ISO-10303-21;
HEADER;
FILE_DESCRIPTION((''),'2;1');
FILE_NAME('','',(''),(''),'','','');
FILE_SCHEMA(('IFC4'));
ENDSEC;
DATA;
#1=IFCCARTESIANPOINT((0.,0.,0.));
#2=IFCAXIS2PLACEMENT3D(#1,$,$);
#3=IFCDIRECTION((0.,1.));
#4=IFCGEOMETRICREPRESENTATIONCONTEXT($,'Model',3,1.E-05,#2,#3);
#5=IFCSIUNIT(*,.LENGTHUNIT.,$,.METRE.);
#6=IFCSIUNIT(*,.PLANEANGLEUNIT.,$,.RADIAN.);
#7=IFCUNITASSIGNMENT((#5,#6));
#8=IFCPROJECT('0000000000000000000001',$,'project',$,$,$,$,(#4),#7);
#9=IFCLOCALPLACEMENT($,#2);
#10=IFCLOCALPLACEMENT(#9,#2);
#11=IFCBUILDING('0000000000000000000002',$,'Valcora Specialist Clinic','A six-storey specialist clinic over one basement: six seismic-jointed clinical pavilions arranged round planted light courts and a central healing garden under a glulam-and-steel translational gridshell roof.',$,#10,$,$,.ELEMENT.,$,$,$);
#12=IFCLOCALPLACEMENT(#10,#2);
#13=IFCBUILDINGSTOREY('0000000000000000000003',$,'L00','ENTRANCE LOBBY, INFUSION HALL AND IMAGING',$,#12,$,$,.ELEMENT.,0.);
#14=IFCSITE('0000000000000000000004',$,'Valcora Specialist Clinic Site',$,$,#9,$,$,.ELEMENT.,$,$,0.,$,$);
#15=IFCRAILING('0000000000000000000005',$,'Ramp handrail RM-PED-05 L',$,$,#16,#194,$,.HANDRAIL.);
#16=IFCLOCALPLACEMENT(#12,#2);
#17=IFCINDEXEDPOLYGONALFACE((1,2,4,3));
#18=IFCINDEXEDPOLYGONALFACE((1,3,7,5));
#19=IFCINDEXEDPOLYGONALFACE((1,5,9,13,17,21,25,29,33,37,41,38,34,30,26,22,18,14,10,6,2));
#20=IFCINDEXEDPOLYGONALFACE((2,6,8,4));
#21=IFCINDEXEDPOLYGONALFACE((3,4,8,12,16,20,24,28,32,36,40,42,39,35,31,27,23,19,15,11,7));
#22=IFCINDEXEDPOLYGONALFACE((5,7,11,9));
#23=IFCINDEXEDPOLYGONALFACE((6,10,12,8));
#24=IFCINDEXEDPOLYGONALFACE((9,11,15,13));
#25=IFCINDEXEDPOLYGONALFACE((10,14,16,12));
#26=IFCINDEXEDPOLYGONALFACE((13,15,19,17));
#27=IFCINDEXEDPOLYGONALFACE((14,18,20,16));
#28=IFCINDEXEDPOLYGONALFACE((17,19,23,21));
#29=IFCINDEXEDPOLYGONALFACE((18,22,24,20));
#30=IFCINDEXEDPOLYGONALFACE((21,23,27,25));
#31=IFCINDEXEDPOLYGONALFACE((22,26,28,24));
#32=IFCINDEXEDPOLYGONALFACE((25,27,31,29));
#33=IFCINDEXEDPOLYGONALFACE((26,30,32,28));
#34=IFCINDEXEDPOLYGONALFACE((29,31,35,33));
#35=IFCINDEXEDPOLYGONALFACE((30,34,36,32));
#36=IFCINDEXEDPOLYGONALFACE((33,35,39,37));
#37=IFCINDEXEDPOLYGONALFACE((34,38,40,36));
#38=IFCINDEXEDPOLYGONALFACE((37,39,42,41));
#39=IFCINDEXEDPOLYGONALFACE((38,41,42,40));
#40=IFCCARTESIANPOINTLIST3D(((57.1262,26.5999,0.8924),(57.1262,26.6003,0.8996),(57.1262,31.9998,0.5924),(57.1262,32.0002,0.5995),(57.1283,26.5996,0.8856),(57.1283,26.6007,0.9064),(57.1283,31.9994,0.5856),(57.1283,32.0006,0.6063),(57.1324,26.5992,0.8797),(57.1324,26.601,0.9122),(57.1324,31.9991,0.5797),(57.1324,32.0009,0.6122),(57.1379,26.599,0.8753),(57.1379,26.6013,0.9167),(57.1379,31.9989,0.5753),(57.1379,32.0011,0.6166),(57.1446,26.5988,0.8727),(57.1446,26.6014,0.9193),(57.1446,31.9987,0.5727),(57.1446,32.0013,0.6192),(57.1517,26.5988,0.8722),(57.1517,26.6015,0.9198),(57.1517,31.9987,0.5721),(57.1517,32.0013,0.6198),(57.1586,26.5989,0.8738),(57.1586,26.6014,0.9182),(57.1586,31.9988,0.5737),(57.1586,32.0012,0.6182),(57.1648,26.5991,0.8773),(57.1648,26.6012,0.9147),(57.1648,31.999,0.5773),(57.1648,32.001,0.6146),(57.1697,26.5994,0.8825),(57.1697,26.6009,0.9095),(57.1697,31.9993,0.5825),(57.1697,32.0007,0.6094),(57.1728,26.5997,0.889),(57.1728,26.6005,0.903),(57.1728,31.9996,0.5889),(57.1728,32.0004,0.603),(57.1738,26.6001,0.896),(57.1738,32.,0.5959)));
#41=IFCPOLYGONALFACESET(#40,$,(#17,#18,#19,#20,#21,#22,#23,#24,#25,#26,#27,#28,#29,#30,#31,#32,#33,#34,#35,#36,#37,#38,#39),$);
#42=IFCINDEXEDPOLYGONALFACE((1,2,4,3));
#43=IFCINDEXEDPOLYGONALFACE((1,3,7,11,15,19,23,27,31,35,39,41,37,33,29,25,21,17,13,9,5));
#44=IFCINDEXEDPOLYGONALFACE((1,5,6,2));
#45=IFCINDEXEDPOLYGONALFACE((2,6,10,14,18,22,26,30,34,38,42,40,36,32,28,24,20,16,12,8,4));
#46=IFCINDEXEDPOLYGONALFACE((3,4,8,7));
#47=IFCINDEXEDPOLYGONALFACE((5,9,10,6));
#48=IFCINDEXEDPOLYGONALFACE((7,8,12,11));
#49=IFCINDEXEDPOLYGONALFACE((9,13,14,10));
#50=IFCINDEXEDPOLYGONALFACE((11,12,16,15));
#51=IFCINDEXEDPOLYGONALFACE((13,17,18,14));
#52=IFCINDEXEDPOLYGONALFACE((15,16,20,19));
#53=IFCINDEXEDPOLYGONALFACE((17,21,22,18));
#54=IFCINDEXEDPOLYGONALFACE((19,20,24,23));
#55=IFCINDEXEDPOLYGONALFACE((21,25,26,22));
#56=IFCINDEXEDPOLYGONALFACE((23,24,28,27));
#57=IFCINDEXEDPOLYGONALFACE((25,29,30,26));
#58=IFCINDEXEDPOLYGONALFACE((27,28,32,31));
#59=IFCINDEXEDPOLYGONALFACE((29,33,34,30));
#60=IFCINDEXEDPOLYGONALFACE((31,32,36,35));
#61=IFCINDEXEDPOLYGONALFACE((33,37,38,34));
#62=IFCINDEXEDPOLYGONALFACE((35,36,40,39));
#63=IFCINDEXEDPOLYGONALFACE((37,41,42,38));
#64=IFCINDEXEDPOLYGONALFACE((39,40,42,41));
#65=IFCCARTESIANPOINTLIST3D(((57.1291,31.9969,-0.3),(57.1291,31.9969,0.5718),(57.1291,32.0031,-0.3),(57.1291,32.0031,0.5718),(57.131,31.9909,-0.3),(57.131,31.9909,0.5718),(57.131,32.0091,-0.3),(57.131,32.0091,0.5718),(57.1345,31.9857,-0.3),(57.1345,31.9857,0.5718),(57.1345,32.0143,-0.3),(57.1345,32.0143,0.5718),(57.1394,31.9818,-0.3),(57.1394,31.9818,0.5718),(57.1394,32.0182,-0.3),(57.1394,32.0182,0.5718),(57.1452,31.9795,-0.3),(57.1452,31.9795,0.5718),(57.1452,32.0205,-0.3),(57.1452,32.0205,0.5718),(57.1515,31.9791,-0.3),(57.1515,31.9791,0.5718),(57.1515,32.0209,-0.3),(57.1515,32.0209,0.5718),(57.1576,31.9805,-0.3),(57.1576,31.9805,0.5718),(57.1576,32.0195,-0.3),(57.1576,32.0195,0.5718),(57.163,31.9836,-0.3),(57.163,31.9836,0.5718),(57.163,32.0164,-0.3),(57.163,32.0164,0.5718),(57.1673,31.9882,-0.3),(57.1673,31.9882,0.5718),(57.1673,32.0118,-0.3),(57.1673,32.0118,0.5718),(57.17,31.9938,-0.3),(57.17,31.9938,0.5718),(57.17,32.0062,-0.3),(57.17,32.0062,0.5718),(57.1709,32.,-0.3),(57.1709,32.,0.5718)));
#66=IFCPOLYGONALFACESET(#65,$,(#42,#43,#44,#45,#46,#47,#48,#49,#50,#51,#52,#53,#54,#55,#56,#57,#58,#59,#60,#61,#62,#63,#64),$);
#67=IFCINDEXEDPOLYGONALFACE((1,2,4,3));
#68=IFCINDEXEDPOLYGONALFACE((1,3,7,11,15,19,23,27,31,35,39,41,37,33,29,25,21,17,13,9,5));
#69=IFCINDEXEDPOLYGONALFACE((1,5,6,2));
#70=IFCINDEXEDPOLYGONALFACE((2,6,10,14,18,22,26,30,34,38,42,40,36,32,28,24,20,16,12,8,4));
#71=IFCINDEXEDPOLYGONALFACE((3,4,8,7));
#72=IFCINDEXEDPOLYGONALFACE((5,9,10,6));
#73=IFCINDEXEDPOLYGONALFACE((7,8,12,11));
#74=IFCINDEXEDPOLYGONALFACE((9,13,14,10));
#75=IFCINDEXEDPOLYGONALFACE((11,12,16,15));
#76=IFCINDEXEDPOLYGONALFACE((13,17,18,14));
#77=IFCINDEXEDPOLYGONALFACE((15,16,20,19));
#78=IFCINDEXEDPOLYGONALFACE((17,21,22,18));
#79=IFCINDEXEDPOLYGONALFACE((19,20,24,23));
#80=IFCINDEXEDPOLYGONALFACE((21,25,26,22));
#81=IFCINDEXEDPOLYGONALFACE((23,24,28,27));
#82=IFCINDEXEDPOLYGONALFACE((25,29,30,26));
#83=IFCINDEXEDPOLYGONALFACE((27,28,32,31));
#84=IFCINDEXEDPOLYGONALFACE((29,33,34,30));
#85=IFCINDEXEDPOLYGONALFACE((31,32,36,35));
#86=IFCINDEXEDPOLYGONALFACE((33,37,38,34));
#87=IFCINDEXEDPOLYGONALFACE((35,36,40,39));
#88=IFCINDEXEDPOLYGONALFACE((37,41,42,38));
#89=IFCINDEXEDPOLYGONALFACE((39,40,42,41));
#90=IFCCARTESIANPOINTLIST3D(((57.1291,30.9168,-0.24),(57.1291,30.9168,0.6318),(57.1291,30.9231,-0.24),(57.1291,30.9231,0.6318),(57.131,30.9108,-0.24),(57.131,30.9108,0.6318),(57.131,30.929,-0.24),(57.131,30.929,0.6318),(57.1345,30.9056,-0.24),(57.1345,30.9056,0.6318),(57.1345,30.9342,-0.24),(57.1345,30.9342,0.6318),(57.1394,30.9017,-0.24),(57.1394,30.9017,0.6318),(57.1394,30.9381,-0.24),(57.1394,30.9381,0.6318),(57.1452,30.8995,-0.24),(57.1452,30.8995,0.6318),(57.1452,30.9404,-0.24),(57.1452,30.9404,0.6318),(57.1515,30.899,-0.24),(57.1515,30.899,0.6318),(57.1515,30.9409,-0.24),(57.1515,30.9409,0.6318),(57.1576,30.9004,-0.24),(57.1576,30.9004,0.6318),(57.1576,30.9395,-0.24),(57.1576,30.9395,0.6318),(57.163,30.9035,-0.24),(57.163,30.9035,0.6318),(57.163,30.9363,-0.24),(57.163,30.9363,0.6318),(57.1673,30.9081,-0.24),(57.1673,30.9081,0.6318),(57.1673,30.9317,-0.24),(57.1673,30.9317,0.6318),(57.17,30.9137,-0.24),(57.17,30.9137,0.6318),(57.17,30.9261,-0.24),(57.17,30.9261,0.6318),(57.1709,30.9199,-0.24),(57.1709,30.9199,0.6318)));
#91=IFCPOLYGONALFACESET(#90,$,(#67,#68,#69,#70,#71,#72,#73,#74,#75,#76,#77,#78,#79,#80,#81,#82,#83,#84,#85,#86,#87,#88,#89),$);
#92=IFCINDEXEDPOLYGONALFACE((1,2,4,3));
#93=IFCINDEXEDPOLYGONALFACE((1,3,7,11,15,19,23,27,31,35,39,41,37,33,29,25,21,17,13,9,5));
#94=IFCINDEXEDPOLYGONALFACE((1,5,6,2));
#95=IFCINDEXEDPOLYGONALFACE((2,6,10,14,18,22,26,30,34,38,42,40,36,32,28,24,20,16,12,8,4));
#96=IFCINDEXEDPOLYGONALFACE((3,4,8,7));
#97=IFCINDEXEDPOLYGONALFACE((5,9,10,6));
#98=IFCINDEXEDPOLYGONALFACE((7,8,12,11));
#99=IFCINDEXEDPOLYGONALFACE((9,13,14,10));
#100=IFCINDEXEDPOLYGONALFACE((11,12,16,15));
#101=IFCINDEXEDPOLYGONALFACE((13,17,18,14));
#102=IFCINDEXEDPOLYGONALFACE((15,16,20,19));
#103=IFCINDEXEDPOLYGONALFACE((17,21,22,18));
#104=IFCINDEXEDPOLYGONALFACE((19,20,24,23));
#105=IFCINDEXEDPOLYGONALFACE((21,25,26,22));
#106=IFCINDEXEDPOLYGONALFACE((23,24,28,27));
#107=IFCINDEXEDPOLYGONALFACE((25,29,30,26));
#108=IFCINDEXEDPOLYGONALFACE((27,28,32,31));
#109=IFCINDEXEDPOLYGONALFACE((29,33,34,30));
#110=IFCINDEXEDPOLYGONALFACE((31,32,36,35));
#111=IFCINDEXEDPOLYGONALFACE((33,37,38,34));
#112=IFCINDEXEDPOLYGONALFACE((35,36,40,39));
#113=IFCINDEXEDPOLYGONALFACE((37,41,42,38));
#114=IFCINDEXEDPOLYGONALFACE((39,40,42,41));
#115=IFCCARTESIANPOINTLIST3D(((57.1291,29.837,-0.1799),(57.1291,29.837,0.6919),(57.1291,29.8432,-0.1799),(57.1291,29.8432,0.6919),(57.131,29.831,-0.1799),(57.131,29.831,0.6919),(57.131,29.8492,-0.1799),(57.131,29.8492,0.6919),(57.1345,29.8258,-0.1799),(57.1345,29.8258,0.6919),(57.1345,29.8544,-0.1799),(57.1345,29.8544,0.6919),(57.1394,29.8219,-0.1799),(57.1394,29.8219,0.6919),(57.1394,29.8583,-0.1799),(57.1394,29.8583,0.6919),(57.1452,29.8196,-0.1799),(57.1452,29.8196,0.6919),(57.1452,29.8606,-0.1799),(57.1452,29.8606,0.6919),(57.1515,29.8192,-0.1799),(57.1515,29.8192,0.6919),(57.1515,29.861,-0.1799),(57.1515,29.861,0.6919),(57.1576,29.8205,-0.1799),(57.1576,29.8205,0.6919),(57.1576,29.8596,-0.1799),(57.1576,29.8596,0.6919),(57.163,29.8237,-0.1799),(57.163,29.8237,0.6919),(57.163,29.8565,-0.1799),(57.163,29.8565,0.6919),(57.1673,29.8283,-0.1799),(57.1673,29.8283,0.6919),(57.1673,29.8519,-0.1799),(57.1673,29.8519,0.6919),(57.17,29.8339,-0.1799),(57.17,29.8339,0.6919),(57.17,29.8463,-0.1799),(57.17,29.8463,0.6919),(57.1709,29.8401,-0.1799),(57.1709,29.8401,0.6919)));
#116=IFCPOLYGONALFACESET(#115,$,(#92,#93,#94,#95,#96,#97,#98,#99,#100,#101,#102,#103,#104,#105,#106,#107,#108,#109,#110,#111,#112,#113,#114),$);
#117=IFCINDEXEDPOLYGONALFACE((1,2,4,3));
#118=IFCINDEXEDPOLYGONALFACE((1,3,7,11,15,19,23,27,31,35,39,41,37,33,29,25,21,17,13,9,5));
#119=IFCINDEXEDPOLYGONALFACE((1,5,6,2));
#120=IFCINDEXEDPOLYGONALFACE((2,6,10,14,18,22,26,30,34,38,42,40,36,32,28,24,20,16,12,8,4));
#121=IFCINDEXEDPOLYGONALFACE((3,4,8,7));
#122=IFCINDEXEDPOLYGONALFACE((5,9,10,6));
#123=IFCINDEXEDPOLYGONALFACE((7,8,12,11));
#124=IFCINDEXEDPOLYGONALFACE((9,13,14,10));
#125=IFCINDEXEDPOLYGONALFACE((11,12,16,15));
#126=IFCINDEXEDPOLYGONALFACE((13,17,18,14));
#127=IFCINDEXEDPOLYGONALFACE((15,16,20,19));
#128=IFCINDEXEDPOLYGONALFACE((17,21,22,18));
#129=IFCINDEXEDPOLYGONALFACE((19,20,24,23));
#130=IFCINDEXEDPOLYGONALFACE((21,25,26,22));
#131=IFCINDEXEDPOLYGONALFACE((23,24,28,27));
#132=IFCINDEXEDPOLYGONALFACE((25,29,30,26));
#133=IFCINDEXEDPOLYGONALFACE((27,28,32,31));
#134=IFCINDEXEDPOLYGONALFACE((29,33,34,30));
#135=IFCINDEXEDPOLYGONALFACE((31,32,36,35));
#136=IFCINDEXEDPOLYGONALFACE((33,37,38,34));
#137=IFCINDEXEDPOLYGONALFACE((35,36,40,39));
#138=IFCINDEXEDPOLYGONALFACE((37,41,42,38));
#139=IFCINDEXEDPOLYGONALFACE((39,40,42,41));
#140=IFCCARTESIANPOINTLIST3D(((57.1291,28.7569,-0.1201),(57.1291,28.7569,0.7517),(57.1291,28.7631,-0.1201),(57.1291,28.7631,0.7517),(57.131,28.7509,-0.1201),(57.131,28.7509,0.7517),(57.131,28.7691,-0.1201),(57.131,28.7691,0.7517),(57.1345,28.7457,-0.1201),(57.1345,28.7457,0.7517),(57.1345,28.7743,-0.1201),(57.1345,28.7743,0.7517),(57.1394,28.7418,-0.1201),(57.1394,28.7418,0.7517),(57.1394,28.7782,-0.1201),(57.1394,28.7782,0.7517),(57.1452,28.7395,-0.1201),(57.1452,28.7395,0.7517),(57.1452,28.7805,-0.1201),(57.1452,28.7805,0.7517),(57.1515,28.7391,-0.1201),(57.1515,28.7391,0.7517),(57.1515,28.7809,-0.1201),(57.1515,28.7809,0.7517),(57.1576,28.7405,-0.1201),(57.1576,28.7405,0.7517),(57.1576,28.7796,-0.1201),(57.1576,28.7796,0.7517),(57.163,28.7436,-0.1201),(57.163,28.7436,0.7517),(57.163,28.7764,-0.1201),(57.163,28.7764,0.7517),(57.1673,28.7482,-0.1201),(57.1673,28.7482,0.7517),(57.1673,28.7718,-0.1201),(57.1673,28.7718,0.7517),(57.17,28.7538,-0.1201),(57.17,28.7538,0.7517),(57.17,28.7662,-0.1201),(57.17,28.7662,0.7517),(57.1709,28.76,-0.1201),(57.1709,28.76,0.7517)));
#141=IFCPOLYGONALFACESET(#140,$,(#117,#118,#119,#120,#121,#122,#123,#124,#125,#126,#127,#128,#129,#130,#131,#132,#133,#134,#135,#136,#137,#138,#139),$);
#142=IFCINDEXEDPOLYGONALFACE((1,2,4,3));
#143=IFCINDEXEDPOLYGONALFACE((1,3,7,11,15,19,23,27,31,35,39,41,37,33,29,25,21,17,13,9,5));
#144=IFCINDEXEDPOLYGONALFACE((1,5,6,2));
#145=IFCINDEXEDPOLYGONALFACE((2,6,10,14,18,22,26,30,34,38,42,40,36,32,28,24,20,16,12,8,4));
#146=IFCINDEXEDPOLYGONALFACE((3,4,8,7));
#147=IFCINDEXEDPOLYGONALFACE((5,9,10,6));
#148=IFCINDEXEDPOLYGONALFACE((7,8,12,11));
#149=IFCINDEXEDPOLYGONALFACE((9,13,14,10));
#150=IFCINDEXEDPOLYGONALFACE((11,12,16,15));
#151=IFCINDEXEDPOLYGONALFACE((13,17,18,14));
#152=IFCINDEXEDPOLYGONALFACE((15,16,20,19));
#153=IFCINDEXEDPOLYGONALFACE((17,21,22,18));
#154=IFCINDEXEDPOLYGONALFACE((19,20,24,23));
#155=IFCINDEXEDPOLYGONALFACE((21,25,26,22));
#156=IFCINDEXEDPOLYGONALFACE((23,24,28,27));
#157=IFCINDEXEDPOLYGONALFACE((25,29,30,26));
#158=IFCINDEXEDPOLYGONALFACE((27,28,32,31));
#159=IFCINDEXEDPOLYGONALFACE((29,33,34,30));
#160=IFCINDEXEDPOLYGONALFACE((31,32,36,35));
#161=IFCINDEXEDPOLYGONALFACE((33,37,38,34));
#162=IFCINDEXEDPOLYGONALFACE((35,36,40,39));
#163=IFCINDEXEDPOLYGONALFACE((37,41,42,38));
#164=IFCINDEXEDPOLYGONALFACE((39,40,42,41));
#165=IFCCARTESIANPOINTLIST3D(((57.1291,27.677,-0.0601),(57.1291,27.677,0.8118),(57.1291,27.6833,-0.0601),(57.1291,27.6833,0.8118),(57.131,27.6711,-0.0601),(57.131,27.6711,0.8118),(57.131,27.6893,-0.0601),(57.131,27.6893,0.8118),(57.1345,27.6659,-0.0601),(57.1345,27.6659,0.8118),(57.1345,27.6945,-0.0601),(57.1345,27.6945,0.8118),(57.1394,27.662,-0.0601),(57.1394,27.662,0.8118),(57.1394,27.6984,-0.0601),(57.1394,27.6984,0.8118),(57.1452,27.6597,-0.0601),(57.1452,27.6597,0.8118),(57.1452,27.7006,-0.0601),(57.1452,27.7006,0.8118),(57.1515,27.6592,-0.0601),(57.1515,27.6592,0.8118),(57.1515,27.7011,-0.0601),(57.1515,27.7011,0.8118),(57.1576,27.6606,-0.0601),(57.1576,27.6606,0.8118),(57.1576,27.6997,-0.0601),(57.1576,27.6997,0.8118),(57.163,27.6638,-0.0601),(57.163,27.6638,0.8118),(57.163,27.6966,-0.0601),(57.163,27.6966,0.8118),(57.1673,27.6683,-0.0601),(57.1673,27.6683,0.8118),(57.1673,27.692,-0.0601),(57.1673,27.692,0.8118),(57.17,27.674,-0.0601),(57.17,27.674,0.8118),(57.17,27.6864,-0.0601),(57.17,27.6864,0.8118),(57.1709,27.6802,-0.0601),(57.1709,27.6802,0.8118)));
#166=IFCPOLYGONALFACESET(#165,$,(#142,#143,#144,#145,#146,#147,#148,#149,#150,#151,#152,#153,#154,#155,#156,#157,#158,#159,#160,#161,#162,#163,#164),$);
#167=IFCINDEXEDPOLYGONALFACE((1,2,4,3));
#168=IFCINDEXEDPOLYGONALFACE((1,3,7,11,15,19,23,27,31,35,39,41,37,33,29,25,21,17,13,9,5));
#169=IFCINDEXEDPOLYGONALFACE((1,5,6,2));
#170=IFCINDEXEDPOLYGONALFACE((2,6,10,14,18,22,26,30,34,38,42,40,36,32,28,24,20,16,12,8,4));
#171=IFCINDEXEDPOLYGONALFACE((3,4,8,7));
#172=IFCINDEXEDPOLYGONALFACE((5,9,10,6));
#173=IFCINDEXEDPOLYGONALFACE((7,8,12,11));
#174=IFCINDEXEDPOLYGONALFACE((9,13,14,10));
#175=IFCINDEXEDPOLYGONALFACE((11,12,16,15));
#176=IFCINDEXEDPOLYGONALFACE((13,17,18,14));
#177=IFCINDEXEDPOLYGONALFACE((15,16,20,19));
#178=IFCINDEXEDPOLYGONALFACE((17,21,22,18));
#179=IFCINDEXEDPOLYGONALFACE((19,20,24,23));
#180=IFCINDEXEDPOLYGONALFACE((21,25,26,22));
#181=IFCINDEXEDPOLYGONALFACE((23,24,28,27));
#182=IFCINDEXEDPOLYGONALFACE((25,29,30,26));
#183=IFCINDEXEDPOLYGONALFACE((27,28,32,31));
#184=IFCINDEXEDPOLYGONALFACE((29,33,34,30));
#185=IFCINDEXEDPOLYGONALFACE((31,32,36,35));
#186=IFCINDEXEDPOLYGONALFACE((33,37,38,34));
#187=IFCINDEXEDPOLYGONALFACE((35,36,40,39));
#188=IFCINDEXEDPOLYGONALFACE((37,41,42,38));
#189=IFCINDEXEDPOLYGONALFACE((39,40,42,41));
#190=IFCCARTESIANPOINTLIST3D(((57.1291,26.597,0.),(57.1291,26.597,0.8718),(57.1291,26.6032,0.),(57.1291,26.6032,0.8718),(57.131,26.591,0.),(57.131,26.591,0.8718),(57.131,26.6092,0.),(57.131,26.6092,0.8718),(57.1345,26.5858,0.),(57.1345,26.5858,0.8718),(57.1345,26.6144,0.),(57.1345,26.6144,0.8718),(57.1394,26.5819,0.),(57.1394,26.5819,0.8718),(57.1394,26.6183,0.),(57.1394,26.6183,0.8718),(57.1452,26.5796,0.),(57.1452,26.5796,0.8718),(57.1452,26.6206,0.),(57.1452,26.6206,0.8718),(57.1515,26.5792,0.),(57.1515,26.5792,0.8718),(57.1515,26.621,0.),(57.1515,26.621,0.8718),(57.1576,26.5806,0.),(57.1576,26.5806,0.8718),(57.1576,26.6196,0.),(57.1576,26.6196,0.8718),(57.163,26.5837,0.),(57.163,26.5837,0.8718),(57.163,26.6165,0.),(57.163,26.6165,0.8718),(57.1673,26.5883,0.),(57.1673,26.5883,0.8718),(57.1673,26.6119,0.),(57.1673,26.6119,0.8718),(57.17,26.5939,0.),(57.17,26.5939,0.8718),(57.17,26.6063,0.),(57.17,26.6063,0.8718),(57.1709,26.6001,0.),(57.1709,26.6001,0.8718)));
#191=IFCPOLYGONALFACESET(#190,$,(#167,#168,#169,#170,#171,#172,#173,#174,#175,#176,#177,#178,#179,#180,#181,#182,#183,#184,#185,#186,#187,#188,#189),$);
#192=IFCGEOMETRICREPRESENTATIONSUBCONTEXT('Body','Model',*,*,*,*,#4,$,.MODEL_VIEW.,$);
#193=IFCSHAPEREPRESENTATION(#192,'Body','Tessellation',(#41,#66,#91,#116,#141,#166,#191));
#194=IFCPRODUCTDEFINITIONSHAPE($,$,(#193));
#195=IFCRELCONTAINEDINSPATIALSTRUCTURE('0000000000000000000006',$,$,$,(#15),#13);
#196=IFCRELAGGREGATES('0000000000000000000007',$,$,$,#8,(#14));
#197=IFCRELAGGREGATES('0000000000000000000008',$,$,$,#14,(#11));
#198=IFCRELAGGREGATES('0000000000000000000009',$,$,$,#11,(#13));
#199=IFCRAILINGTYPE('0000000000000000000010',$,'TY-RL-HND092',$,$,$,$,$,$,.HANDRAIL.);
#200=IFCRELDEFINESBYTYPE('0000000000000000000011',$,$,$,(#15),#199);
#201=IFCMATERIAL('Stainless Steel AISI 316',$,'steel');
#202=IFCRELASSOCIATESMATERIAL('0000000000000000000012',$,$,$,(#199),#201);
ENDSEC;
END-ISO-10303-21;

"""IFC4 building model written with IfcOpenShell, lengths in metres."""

from ifc_helpers import new_model, si_unit, direction, frame, origin, origin_2d, place, context, subcontext, project, spatial, circle, extrude, material, type_object, element, save


model = new_model("IFC4")

# Units and contexts
model_context = context("Model", 3, precision=1e-05, world=origin(), true_north=direction((0.0, 1.0)))
body_context = subcontext(model_context, "Body", "Model", "MODEL_VIEW")
ifc_project = project(units=[si_unit("LENGTHUNIT", "METRE"), si_unit("PLANEANGLEUNIT", "RADIAN")], contexts=[model_context])

# Site, building, storey
site_placement = place(None, origin())
site = spatial("IfcSite", under=ifc_project, at=site_placement, Name="Valcora Specialist Clinic Site", CompositionType="ELEMENT", RefElevation=0.0)
building_placement = place(site_placement, origin())
building = spatial("IfcBuilding", under=site, at=building_placement, Name="Valcora Specialist Clinic", Description="A six-storey specialist clinic over one basement: six seismic-jointed clinical pavilions arranged round planted light courts and a central healing garden under a glulam-and-steel translational gridshell roof.", CompositionType="ELEMENT")
storey_placement = place(building_placement, origin())
storey = spatial("IfcBuildingStorey", under=building, at=storey_placement, Name="L00", Description="ENTRANCE LOBBY, INFUSION HALL AND IMAGING", CompositionType="ELEMENT", Elevation=0.0)

# Railing
ifc_material_1 = material(Name="Stainless Steel AISI 316", Category="steel")
railing_type = type_object("IfcRailingType", Name="TY-RL-HND092", PredefinedType="HANDRAIL", material=ifc_material_1)
for number, where, name in (
    (1, (57.1499, 32.0, -0.3), "Ramp handrail RM-PED-05 L"),
):
    element("IfcRailing", number, at=place(storey_placement, frame(where)), inside=storey, type_object=railing_type, Name=name, PredefinedType="HANDRAIL", context=body_context, shape_type="SweptSolid", body=[
        extrude(circle(Radius=0.0239, at=origin_2d()), frame((0.0, 0.0, 0.896), z_axis=(0.0, -0.99846, 0.05548), x_axis=(1.0, 0.0, 0.0)), (0.0, 0.0, 1.0), 5.4082),
        extrude(circle(Radius=0.021, at=origin_2d()), origin(), (0.0, 0.0, 1.0), 0.8718),
        extrude(circle(Radius=0.021, at=origin_2d()), frame((0.0, -1.0801, 0.0601)), (0.0, 0.0, 1.0), 0.8718),
        extrude(circle(Radius=0.021, at=origin_2d()), frame((0.0, -2.1599, 0.1201)), (0.0, 0.0, 1.0), 0.8718),
        extrude(circle(Radius=0.021, at=origin_2d()), frame((0.0, -3.24, 0.1799)), (0.0, 0.0, 1.0), 0.8718),
        extrude(circle(Radius=0.021, at=origin_2d()), frame((0.0, -4.3198, 0.24)), (0.0, 0.0, 1.0), 0.8718),
        extrude(circle(Radius=0.021, at=origin_2d()), frame((0.0, -5.3999, 0.3)), (0.0, 0.0, 1.0), 0.8718),
    ])

save(model, "model.ifc")
